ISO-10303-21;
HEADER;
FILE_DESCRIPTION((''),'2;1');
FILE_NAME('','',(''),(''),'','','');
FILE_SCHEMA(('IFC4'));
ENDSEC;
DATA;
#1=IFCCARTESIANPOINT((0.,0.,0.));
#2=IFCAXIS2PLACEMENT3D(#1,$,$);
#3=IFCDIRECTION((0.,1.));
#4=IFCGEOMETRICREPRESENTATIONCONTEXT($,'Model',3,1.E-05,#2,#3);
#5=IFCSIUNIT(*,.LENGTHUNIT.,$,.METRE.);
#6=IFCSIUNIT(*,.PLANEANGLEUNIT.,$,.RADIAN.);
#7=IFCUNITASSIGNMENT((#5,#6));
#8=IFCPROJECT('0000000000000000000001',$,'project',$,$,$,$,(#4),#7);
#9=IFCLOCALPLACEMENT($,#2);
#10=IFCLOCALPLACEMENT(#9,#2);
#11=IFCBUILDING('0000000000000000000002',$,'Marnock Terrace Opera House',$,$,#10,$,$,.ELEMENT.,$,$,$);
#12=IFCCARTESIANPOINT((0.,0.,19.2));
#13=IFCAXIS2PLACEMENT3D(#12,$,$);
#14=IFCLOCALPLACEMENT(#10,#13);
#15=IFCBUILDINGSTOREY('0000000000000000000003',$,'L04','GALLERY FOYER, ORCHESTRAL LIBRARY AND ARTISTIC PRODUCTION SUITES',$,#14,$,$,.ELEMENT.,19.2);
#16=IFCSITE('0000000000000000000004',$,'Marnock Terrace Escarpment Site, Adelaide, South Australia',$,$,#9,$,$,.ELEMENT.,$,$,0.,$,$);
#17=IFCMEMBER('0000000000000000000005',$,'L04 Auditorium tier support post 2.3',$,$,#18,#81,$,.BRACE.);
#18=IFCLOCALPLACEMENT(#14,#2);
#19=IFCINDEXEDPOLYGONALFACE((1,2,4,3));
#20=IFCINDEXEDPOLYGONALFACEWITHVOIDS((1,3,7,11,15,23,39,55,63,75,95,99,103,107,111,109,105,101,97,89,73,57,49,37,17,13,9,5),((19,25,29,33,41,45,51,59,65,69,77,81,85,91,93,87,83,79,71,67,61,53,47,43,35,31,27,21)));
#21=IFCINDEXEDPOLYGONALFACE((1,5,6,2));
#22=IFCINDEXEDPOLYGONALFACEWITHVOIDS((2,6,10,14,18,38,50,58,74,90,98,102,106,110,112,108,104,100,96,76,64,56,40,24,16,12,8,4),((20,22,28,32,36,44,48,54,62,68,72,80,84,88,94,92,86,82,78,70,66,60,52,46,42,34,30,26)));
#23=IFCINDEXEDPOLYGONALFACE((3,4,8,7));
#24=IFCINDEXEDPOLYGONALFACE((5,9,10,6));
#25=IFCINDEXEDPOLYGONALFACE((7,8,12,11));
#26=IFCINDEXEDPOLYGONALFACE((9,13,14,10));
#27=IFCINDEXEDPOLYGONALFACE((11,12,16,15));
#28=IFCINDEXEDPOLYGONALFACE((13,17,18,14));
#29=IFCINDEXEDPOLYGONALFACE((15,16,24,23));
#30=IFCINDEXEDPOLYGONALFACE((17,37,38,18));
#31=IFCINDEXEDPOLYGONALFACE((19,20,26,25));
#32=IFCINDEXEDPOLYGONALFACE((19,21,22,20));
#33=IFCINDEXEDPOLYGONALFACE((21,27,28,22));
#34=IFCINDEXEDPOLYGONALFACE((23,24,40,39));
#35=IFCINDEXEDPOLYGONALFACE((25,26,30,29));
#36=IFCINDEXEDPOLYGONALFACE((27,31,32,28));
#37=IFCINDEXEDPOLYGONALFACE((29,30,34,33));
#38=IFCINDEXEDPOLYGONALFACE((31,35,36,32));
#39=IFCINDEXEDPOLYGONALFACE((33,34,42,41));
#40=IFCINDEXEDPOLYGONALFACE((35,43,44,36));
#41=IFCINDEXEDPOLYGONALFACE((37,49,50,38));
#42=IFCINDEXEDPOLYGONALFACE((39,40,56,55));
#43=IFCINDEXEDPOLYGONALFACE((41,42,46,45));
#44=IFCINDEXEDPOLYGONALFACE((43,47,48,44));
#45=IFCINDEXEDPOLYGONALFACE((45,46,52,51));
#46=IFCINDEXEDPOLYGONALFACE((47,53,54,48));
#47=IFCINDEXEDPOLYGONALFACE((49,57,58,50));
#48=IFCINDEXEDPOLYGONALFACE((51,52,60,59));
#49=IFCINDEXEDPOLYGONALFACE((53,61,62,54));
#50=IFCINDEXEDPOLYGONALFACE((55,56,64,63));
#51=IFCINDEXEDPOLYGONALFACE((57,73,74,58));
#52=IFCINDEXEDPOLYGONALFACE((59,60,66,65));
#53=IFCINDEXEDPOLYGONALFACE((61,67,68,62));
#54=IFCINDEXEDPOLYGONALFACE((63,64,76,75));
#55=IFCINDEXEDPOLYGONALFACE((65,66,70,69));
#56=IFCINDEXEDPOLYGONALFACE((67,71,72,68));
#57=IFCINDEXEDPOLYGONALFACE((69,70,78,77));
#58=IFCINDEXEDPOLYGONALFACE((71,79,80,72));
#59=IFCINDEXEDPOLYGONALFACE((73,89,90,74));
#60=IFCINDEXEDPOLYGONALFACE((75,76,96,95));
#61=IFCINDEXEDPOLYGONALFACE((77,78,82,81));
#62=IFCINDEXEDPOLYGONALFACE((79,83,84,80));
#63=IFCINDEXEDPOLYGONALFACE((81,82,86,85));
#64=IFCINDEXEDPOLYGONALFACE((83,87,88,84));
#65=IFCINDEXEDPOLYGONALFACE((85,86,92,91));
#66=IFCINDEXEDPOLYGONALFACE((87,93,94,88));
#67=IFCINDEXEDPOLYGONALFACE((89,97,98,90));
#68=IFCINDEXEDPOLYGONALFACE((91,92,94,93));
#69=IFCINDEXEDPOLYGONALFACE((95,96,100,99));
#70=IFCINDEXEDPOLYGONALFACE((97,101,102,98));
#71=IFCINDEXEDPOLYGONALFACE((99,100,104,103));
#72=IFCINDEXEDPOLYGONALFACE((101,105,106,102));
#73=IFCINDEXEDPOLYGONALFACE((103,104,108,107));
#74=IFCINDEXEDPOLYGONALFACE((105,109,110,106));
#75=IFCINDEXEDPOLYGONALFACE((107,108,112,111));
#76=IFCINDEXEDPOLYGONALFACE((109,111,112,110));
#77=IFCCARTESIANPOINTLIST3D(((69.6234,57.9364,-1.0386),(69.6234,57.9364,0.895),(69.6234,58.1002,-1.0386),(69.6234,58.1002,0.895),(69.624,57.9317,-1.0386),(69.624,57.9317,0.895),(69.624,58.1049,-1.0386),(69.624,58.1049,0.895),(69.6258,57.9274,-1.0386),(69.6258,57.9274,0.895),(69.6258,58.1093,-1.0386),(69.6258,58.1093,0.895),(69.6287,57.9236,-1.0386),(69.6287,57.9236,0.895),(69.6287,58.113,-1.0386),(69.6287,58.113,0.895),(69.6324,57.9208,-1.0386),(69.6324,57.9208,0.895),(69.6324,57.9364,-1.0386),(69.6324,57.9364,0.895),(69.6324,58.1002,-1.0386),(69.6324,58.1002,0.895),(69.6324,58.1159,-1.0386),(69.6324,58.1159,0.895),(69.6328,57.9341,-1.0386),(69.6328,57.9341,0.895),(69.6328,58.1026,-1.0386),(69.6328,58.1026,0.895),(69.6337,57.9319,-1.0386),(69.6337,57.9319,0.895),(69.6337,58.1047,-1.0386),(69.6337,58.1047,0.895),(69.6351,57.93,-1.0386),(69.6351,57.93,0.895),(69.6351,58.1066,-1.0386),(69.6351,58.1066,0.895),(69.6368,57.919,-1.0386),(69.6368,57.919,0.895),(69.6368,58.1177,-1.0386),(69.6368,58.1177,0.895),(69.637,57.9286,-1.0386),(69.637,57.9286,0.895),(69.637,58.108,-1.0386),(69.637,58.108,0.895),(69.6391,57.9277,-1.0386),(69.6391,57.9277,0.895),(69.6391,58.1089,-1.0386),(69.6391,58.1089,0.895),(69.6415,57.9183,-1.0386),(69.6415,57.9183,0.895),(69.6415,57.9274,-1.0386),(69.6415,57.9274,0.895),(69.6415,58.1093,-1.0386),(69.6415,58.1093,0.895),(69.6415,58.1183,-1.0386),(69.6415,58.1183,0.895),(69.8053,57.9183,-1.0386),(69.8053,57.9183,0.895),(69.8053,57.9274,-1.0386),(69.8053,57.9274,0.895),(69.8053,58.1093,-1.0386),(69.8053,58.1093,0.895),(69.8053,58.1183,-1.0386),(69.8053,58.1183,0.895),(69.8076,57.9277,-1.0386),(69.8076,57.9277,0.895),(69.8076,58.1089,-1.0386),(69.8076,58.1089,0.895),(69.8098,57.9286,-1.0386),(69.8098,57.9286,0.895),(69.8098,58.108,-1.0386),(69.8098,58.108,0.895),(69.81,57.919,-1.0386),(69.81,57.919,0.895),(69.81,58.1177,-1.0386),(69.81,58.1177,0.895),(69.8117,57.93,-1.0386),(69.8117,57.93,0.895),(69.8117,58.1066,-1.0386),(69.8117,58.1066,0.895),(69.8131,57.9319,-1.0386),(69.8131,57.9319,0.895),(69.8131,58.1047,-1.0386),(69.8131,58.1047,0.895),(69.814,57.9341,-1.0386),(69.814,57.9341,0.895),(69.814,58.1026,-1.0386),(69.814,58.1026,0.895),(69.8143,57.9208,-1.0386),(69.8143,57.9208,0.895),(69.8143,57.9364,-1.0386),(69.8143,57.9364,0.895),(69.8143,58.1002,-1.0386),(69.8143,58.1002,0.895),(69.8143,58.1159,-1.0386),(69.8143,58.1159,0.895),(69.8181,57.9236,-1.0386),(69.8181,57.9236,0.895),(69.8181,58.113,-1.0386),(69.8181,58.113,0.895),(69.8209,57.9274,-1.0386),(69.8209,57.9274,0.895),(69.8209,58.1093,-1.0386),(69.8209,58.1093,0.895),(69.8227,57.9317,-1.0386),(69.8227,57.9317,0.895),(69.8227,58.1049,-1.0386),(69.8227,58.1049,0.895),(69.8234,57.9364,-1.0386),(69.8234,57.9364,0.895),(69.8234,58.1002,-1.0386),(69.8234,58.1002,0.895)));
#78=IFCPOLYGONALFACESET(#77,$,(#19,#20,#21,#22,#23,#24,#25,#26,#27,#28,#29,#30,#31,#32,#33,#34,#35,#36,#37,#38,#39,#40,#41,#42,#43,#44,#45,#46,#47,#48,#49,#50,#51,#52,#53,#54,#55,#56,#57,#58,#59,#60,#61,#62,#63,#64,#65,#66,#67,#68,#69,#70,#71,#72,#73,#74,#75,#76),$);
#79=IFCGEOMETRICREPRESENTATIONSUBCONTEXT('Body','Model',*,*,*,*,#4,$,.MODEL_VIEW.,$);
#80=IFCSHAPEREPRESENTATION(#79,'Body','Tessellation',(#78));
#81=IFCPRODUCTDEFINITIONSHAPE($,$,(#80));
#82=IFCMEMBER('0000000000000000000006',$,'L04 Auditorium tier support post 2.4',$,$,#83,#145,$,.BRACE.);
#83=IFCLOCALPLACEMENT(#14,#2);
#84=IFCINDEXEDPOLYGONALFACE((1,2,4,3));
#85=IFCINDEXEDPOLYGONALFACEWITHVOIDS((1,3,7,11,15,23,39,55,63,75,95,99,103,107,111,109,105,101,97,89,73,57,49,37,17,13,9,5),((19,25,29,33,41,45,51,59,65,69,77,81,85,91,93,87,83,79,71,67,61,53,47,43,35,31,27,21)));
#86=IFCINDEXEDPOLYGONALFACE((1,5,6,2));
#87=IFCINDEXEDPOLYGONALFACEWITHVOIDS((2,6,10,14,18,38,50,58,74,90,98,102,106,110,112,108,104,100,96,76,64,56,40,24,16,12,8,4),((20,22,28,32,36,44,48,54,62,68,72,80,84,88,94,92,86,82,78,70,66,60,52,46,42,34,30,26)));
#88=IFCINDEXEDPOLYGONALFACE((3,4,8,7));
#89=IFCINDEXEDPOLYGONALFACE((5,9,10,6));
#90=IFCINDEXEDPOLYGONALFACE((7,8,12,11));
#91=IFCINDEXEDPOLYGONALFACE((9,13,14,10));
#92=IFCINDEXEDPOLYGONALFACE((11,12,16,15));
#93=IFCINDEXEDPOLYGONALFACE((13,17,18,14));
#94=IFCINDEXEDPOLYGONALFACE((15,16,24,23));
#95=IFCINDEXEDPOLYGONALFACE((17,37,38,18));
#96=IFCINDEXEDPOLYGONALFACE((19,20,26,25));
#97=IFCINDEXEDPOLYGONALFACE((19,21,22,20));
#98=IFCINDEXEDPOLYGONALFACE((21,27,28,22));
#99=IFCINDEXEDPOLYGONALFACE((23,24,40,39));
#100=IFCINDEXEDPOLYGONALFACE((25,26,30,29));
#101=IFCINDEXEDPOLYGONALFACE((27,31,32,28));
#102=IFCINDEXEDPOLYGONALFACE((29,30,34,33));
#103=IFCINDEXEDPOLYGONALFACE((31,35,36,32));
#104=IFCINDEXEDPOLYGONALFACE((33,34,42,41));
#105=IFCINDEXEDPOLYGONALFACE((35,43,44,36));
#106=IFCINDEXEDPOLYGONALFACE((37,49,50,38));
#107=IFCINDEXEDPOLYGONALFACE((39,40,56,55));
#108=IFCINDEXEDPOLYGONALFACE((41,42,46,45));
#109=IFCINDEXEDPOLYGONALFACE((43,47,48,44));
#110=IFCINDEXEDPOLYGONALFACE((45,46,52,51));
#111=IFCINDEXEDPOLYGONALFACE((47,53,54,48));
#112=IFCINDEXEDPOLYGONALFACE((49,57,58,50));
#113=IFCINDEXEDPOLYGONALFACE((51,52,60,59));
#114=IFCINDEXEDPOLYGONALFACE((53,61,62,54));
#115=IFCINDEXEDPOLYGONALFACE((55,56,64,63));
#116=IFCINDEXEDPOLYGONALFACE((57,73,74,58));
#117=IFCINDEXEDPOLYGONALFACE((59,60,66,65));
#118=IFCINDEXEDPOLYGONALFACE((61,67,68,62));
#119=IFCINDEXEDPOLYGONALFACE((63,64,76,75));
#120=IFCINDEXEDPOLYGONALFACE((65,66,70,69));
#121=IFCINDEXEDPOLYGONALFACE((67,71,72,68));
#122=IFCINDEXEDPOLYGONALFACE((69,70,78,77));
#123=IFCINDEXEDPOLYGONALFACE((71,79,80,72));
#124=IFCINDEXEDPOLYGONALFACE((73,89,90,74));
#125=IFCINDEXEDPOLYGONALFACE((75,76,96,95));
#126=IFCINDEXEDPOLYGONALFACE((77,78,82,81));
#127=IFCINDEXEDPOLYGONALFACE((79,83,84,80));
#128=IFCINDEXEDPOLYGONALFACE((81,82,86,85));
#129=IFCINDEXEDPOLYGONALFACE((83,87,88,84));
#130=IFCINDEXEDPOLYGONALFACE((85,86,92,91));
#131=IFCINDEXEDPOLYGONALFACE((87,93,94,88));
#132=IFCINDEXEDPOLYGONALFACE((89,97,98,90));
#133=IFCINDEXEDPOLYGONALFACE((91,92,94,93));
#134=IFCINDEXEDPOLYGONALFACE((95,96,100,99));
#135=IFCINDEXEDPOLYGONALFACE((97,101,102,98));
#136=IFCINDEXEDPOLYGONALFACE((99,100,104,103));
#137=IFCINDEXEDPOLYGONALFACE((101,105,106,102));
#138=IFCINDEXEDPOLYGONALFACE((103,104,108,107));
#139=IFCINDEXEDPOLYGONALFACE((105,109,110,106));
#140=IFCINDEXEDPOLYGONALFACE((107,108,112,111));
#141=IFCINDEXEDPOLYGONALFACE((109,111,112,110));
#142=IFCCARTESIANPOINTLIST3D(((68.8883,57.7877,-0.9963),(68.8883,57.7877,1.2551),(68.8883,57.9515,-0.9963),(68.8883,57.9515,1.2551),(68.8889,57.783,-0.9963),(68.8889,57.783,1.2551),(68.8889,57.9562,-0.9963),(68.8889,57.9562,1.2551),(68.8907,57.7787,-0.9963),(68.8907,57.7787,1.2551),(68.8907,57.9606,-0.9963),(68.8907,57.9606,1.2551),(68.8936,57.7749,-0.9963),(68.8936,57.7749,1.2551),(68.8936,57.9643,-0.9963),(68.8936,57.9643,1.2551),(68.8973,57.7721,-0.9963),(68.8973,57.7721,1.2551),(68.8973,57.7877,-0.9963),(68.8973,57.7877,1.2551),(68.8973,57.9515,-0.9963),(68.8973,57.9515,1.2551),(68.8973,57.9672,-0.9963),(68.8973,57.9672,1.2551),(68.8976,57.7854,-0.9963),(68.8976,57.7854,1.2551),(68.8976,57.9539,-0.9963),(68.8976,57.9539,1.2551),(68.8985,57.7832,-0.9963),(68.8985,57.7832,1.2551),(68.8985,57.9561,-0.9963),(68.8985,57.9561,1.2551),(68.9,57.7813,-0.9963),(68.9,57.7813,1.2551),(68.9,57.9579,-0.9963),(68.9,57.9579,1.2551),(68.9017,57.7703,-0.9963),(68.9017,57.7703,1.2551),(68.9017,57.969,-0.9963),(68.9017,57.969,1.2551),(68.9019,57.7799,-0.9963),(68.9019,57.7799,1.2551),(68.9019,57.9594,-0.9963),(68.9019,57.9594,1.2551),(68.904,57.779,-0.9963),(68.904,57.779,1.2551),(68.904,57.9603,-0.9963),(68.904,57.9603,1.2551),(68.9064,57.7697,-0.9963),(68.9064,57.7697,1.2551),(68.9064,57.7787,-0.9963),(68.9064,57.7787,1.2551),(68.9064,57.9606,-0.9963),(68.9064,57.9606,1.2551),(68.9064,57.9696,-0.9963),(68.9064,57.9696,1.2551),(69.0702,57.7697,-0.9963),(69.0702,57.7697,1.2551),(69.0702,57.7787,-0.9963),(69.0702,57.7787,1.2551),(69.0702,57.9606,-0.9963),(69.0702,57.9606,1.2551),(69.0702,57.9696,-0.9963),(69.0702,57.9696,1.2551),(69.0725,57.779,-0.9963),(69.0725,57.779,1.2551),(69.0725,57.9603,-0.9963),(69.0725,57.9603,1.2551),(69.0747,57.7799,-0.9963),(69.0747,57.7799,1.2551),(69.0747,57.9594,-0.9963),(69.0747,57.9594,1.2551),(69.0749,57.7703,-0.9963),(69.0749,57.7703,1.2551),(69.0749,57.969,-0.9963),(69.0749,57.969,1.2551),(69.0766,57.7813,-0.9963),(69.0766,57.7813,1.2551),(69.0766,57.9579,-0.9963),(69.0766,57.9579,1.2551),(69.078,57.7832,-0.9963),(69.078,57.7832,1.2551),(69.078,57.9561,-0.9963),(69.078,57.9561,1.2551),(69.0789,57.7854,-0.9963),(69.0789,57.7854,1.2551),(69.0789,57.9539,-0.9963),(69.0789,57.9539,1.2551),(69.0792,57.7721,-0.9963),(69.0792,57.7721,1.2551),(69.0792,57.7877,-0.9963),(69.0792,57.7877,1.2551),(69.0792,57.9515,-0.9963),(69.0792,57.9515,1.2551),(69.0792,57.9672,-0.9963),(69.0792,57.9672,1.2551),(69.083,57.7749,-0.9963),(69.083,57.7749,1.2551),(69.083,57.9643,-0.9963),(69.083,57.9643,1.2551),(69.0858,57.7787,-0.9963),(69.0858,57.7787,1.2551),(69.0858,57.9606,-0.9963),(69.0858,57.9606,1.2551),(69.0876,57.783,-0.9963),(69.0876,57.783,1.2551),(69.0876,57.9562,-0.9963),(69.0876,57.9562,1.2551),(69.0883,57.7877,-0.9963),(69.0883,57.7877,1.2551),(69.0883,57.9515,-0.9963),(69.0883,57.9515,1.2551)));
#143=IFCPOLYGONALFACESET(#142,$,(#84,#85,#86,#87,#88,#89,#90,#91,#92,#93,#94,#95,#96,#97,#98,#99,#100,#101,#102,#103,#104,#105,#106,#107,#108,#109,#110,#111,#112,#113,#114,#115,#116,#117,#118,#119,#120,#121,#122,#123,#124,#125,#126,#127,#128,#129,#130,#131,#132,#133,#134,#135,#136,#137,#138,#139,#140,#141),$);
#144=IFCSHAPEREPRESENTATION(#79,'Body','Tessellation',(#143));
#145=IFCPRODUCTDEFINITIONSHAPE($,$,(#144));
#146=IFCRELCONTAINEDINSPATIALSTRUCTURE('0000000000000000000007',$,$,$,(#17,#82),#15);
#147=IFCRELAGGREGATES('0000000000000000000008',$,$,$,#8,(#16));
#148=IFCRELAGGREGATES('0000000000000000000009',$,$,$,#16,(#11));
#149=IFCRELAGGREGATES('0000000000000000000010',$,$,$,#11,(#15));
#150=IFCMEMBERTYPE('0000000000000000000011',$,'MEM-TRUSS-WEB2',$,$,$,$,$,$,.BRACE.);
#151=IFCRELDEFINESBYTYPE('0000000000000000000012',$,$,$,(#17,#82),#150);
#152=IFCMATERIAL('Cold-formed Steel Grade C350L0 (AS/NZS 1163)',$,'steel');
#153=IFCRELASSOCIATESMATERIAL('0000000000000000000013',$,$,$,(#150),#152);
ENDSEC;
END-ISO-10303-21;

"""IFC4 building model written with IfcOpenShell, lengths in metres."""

from ifc_helpers import new_model, si_unit, direction, frame, origin, origin_2d, place, context, subcontext, project, spatial, hollow_rectangle, extrude, material, material_profile, profile_set, type_object, element, save


model = new_model("IFC4")

# Units and contexts
model_context = context("Model", 3, precision=1e-05, world=origin(), true_north=direction((0.0, 1.0)))
body_context = subcontext(model_context, "Body", "Model", "MODEL_VIEW")
ifc_project = project(units=[si_unit("LENGTHUNIT", "METRE"), si_unit("PLANEANGLEUNIT", "RADIAN")], contexts=[model_context])

# Site, building, storey
site_placement = place(None, origin())
site = spatial("IfcSite", under=ifc_project, at=site_placement, Name="Marnock Terrace Escarpment Site, Adelaide, South Australia", CompositionType="ELEMENT", RefElevation=0.0)
building_placement = place(site_placement, origin())
building = spatial("IfcBuilding", under=site, at=building_placement, Name="Marnock Terrace Opera House", CompositionType="ELEMENT")
storey_placement = place(building_placement, frame((0.0, 0.0, 19.2)))
storey = spatial("IfcBuildingStorey", under=building, at=storey_placement, Name="L04", Description="GALLERY FOYER, ORCHESTRAL LIBRARY AND ARTISTIC PRODUCTION SUITES", CompositionType="ELEMENT", Elevation=19.2)

# Members
ifc_material_1 = material(Name="Cold-formed Steel Grade C350L0 (AS/NZS 1163)", Category="steel")
ifc_material_profile_1 = material_profile(ifc_material_1, hollow_rectangle(XDim=0.2, YDim=0.2, WallThickness=0.009, InnerFilletRadius=0.009, OuterFilletRadius=0.0181, at=origin_2d()))
ifc_profile_set_1 = profile_set([ifc_material_profile_1], Name="Cold-formed Steel Grade C350L0 (AS/NZS 1163)")
member_type = type_object("IfcMemberType", Name="MEM-TRUSS-WEB2", PredefinedType="BRACE", material=ifc_profile_set_1)
member_1_placement = place(storey_placement, frame((69.7234, 58.0183, -1.0386), z_axis=(0.0, 0.0, 1.0), x_axis=(1.0, 0.0, 0.0)))
element("IfcMember", 1, at=member_1_placement, inside=storey, type_object=member_type, Name="L04 Auditorium tier support post 2.3", PredefinedType="BRACE", context=body_context, shape_type="SweptSolid", body=[
    extrude(hollow_rectangle(XDim=0.2, YDim=0.2, WallThickness=0.009, InnerFilletRadius=0.009, OuterFilletRadius=0.0181, at=origin_2d()), origin(), (0.0, 0.0, 1.0), 1.9336),
])
member_2_placement = place(storey_placement, frame((68.9883, 57.8696, -0.9963), z_axis=(0.0, 0.0, 1.0), x_axis=(1.0, 0.0, 0.0)))
element("IfcMember", 2, at=member_2_placement, inside=storey, type_object=member_type, Name="L04 Auditorium tier support post 2.4", PredefinedType="BRACE", context=body_context, shape_type="SweptSolid", body=[
    extrude(hollow_rectangle(XDim=0.2, YDim=0.2, WallThickness=0.009, InnerFilletRadius=0.009, OuterFilletRadius=0.0181, at=origin_2d()), origin(), (0.0, 0.0, 1.0), 2.2515),
])

save(model, "model.ifc")
